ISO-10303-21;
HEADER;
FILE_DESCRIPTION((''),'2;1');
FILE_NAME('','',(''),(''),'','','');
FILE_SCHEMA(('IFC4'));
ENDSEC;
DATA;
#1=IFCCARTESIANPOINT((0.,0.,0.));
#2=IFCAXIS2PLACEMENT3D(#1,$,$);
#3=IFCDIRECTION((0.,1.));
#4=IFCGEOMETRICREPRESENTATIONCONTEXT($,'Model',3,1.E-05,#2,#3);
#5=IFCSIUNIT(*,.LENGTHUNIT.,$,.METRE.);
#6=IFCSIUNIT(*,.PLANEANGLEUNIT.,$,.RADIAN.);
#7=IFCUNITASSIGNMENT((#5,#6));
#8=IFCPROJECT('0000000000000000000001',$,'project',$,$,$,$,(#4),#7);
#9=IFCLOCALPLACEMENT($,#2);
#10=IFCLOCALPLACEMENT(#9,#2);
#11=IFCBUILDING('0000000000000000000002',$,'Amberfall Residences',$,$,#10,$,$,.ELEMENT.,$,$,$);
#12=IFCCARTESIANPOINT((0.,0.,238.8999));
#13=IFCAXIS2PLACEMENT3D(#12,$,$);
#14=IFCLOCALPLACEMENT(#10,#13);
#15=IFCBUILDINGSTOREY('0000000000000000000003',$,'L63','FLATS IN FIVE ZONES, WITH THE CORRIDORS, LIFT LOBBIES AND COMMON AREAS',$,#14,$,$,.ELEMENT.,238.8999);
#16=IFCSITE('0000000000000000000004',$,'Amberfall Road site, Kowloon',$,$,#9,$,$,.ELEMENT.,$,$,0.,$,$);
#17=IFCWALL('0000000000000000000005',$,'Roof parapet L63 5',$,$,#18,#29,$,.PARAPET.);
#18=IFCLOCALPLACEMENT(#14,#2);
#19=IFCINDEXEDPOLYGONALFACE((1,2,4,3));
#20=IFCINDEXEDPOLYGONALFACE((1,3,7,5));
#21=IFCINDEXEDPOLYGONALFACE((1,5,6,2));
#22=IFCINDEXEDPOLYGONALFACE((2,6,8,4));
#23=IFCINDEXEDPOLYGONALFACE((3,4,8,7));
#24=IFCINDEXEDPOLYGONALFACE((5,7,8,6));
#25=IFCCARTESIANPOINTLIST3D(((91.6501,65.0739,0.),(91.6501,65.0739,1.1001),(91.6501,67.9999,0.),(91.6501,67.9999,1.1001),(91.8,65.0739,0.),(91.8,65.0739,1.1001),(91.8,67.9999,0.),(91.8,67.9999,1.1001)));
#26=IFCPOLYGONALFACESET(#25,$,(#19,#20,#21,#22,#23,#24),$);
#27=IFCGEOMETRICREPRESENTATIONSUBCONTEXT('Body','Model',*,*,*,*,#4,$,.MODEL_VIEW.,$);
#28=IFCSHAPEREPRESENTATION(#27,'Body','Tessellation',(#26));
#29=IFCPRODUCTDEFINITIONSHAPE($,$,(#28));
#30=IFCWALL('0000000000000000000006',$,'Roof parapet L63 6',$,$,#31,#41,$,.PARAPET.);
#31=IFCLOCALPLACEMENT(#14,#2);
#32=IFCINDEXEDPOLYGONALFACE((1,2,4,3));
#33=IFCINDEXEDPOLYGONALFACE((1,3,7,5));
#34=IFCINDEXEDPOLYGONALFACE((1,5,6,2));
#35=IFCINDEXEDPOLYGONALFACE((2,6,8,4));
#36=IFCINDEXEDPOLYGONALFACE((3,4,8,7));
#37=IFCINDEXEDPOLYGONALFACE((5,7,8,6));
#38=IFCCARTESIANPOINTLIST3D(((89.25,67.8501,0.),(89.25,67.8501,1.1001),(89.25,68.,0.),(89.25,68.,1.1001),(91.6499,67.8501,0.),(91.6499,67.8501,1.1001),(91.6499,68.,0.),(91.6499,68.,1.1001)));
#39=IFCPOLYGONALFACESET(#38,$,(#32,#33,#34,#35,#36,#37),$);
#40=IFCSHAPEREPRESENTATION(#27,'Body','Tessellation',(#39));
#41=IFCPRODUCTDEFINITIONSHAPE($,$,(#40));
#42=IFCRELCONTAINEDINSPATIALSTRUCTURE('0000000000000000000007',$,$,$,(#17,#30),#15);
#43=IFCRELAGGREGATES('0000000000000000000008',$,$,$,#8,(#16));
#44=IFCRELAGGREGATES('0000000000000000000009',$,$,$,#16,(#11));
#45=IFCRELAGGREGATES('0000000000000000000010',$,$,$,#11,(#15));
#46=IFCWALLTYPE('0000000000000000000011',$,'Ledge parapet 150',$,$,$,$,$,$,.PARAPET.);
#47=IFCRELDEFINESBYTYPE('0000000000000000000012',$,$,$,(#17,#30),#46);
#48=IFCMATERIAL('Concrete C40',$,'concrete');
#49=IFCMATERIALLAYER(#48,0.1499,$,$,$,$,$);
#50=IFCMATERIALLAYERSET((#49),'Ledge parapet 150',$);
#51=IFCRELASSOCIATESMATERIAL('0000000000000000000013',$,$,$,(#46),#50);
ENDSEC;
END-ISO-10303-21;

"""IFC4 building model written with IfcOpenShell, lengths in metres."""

from ifc_helpers import new_model, si_unit, direction, frame, frame_2d, origin, place, context, subcontext, project, spatial, rectangle, extrude, material, layer, layer_set, type_object, element, save


model = new_model("IFC4")

# Units and contexts
model_context = context("Model", 3, precision=1e-05, world=origin(), true_north=direction((0.0, 1.0)))
body_context = subcontext(model_context, "Body", "Model", "MODEL_VIEW")
ifc_project = project(units=[si_unit("LENGTHUNIT", "METRE"), si_unit("PLANEANGLEUNIT", "RADIAN")], contexts=[model_context])

# Site, building, storey
site_placement = place(None, origin())
site = spatial("IfcSite", under=ifc_project, at=site_placement, Name="Amberfall Road site, Kowloon", CompositionType="ELEMENT", RefElevation=0.0)
building_placement = place(site_placement, origin())
building = spatial("IfcBuilding", under=site, at=building_placement, Name="Amberfall Residences", CompositionType="ELEMENT")
storey_placement = place(building_placement, frame((0.0, 0.0, 238.8999)))
storey = spatial("IfcBuildingStorey", under=building, at=storey_placement, Name="L63", Description="FLATS IN FIVE ZONES, WITH THE CORRIDORS, LIFT LOBBIES AND COMMON AREAS", CompositionType="ELEMENT", Elevation=238.8999)

# Walls
ifc_material_1 = material(Name="Concrete C40", Category="concrete")
ifc_layer_1 = layer(ifc_material_1, 0.1499)
ifc_layer_set_1 = layer_set([ifc_layer_1], Name="Ledge parapet 150")
wall_type_1 = type_object("IfcWallType", Name="Ledge parapet 150", PredefinedType="PARAPET", material=ifc_layer_set_1)
wall_1_placement = place(storey_placement, frame((91.7251, 65.074, 0.0), z_axis=(0.0, 0.0, 1.0), x_axis=(0.0, 1.0, 0.0)))
element("IfcWall", 1, at=wall_1_placement, inside=storey, type_object=wall_type_1, Name="Roof parapet L63 5", PredefinedType="PARAPET", context=body_context, shape_type="SweptSolid", body=[
    extrude(rectangle(XDim=2.926, YDim=0.1499, at=frame_2d((1.4629, 0.0))), origin(), (0.0, 0.0, 1.0), 1.1001),
])
wall_2_placement = place(storey_placement, frame((91.6499, 67.925, 0.0), z_axis=(0.0, 0.0, 1.0), x_axis=(-1.0, 0.0, 0.0)))
element("IfcWall", 2, at=wall_2_placement, inside=storey, type_object=wall_type_1, Name="Roof parapet L63 6", PredefinedType="PARAPET", context=body_context, shape_type="SweptSolid", body=[
    extrude(rectangle(XDim=2.3999, YDim=0.1499, at=frame_2d((1.2, 0.0))), origin(), (0.0, 0.0, 1.0), 1.1001),
])

save(model, "model.ifc")
